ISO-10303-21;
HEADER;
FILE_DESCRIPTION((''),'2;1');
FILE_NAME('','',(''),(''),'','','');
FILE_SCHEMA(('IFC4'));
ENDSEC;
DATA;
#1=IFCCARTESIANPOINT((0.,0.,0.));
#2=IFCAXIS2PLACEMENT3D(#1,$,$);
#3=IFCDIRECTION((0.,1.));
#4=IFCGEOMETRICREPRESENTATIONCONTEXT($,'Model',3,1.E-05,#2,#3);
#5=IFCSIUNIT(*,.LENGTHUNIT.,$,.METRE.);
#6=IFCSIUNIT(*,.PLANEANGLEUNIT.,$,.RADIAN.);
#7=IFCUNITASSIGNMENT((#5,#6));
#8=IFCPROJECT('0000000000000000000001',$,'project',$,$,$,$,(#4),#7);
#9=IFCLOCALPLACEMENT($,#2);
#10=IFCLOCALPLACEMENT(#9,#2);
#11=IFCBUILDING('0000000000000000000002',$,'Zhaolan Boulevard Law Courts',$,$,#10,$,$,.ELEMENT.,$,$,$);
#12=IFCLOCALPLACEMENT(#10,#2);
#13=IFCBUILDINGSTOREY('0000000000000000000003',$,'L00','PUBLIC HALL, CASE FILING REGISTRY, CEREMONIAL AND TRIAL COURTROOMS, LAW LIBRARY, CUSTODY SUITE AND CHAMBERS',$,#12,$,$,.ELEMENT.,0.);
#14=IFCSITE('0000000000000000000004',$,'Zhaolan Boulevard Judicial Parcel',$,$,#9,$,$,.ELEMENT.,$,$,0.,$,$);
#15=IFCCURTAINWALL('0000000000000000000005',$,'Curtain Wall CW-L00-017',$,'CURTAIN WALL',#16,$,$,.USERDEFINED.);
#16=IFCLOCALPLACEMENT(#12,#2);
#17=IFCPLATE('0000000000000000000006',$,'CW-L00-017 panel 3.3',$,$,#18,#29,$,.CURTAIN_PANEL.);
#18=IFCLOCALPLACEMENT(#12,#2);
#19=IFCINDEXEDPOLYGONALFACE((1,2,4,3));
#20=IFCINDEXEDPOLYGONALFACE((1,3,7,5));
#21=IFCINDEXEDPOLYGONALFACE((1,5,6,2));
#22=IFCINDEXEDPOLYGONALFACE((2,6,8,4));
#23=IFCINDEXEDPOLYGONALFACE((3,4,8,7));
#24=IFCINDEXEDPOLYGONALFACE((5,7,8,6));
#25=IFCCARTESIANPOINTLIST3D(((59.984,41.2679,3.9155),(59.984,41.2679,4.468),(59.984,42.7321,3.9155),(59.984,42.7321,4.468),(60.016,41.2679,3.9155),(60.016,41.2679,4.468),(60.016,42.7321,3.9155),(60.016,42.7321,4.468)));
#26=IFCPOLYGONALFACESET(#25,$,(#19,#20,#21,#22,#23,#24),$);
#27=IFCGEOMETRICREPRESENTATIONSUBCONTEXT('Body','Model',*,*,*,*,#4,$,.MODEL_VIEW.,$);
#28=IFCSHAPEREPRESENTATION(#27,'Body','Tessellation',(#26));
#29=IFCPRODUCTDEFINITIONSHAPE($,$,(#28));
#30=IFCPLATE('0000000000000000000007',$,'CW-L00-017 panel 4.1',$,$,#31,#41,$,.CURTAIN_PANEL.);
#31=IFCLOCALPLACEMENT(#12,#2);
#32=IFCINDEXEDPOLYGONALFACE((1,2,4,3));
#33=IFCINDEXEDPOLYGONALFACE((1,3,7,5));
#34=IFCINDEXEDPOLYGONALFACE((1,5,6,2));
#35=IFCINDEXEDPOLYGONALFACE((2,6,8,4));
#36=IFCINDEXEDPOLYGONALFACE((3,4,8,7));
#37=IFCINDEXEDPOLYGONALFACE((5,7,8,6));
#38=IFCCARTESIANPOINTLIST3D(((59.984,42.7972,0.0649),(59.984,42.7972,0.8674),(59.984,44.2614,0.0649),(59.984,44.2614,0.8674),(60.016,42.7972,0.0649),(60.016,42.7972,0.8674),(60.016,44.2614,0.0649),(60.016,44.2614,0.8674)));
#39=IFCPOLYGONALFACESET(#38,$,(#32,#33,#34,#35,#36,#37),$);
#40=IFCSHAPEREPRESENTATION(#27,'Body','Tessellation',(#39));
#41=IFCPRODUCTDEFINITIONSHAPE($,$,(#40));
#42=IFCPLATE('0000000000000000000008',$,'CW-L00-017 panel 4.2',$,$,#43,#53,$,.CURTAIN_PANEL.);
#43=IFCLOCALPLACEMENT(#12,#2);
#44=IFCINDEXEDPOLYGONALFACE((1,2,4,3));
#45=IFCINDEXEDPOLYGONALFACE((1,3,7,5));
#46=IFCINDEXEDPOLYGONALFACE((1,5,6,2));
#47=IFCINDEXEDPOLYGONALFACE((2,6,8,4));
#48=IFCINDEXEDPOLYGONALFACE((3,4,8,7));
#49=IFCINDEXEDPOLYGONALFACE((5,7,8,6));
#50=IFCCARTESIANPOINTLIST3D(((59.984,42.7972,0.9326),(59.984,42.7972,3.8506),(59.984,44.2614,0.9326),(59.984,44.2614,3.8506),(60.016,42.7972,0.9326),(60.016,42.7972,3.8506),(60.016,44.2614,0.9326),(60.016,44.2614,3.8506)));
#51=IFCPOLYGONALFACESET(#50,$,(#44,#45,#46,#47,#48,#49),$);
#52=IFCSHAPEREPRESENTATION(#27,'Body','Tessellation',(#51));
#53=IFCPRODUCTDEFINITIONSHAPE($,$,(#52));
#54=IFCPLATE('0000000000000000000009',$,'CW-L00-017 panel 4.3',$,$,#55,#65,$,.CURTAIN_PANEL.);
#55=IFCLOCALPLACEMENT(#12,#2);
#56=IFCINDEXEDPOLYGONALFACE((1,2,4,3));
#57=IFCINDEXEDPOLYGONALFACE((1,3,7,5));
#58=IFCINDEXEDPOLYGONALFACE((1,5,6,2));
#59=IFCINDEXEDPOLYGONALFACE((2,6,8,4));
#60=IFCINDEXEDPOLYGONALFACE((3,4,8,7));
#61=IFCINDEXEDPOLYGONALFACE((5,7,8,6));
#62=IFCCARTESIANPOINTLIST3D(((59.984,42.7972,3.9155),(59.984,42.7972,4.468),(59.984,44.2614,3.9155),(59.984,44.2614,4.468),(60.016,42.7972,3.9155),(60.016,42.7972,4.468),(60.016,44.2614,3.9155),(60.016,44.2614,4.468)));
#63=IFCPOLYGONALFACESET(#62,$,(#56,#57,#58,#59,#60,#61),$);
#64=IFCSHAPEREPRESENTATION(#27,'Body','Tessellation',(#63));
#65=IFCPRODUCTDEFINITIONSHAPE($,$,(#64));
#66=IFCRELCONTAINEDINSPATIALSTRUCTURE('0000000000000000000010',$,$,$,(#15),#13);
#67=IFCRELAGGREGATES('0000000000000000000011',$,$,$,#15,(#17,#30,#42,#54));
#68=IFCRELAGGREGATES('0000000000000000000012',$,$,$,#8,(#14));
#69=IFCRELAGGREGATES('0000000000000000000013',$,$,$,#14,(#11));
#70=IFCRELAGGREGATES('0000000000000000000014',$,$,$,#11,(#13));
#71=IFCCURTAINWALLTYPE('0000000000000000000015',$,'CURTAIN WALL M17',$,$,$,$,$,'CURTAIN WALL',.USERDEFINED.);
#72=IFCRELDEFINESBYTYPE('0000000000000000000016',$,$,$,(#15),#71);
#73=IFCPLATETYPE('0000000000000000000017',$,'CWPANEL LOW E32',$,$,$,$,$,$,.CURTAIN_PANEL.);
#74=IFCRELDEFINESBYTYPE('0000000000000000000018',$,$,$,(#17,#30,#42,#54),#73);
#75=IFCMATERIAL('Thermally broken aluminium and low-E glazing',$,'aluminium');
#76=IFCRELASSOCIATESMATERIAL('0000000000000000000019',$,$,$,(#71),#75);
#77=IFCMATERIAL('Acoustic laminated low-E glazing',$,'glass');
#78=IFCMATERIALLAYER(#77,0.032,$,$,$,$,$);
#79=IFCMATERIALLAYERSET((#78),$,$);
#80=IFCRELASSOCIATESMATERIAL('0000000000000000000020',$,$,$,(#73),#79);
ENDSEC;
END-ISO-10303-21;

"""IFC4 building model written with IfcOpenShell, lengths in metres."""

from ifc_helpers import new_model, si_unit, direction, frame, origin, origin_2d, place, context, subcontext, project, spatial, rectangle, extrude, material, layer, layer_set, type_object, element, aggregate, save


model = new_model("IFC4")

# Units and contexts
model_context = context("Model", 3, precision=1e-05, world=origin(), true_north=direction((0.0, 1.0)))
body_context = subcontext(model_context, "Body", "Model", "MODEL_VIEW")
ifc_project = project(units=[si_unit("LENGTHUNIT", "METRE"), si_unit("PLANEANGLEUNIT", "RADIAN")], contexts=[model_context])

# Site, building, storey
site_placement = place(None, origin())
site = spatial("IfcSite", under=ifc_project, at=site_placement, Name="Zhaolan Boulevard Judicial Parcel", CompositionType="ELEMENT", RefElevation=0.0)
building_placement = place(site_placement, origin())
building = spatial("IfcBuilding", under=site, at=building_placement, Name="Zhaolan Boulevard Law Courts", CompositionType="ELEMENT")
storey_placement = place(building_placement, origin())
storey = spatial("IfcBuildingStorey", under=building, at=storey_placement, Name="L00", Description="PUBLIC HALL, CASE FILING REGISTRY, CEREMONIAL AND TRIAL COURTROOMS, LAW LIBRARY, CUSTODY SUITE AND CHAMBERS", CompositionType="ELEMENT", Elevation=0.0)

# Curtain wall
ifc_material_1 = material(Name="Thermally broken aluminium and low-E glazing", Category="aluminium")
curtain_wall_type_1 = type_object("IfcCurtainWallType", Name="CURTAIN WALL M17", ElementType="CURTAIN WALL", PredefinedType="USERDEFINED", material=ifc_material_1)
curtain_wall_1_placement = place(storey_placement, origin())
curtain_wall_1 = element("IfcCurtainWall", 1, at=curtain_wall_1_placement, inside=storey, type_object=curtain_wall_type_1, Name="Curtain Wall CW-L00-017", ObjectType="CURTAIN WALL", PredefinedType="USERDEFINED")

# Plates
ifc_material_2 = material(Name="Acoustic laminated low-E glazing", Category="glass")
ifc_layer_1 = layer(ifc_material_2, 0.032)
ifc_layer_set_1 = layer_set([ifc_layer_1])
plate_type = type_object("IfcPlateType", Name="CWPANEL LOW E32", PredefinedType="CURTAIN_PANEL", material=ifc_layer_set_1)
plate_1_placement = place(storey_placement, frame((60.0, 42.0, 3.9155), z_axis=(0.0, 0.0, 1.0), x_axis=(0.0, 1.0, 0.0)))
plate_1 = element("IfcPlate", 2, at=plate_1_placement, type_object=plate_type, Name="CW-L00-017 panel 3.3", PredefinedType="CURTAIN_PANEL", context=body_context, shape_type="SweptSolid", body=[
    extrude(rectangle(XDim=1.4641, YDim=0.032, at=origin_2d()), origin(), (0.0, 0.0, 1.0), 0.5525),
])
plate_2_placement = place(storey_placement, frame((60.0, 43.5293, 0.0649), z_axis=(0.0, 0.0, 1.0), x_axis=(0.0, 1.0, 0.0)))
plate_2 = element("IfcPlate", 3, at=plate_2_placement, type_object=plate_type, Name="CW-L00-017 panel 4.1", PredefinedType="CURTAIN_PANEL", context=body_context, shape_type="SweptSolid", body=[
    extrude(rectangle(XDim=1.4641, YDim=0.032, at=origin_2d()), origin(), (0.0, 0.0, 1.0), 0.8025),
])
plate_3_placement = place(storey_placement, frame((60.0, 43.5293, 0.9326), z_axis=(0.0, 0.0, 1.0), x_axis=(0.0, 1.0, 0.0)))
plate_3 = element("IfcPlate", 4, at=plate_3_placement, type_object=plate_type, Name="CW-L00-017 panel 4.2", PredefinedType="CURTAIN_PANEL", context=body_context, shape_type="SweptSolid", body=[
    extrude(rectangle(XDim=1.4641, YDim=0.032, at=origin_2d()), origin(), (0.0, 0.0, 1.0), 2.918),
])
plate_4_placement = place(storey_placement, frame((60.0, 43.5293, 3.9155), z_axis=(0.0, 0.0, 1.0), x_axis=(0.0, 1.0, 0.0)))
plate_4 = element("IfcPlate", 5, at=plate_4_placement, type_object=plate_type, Name="CW-L00-017 panel 4.3", PredefinedType="CURTAIN_PANEL", context=body_context, shape_type="SweptSolid", body=[
    extrude(rectangle(XDim=1.4641, YDim=0.032, at=origin_2d()), origin(), (0.0, 0.0, 1.0), 0.5525),
])
aggregate(curtain_wall_1, [plate_1, plate_2, plate_3, plate_4])

save(model, "model.ifc")
